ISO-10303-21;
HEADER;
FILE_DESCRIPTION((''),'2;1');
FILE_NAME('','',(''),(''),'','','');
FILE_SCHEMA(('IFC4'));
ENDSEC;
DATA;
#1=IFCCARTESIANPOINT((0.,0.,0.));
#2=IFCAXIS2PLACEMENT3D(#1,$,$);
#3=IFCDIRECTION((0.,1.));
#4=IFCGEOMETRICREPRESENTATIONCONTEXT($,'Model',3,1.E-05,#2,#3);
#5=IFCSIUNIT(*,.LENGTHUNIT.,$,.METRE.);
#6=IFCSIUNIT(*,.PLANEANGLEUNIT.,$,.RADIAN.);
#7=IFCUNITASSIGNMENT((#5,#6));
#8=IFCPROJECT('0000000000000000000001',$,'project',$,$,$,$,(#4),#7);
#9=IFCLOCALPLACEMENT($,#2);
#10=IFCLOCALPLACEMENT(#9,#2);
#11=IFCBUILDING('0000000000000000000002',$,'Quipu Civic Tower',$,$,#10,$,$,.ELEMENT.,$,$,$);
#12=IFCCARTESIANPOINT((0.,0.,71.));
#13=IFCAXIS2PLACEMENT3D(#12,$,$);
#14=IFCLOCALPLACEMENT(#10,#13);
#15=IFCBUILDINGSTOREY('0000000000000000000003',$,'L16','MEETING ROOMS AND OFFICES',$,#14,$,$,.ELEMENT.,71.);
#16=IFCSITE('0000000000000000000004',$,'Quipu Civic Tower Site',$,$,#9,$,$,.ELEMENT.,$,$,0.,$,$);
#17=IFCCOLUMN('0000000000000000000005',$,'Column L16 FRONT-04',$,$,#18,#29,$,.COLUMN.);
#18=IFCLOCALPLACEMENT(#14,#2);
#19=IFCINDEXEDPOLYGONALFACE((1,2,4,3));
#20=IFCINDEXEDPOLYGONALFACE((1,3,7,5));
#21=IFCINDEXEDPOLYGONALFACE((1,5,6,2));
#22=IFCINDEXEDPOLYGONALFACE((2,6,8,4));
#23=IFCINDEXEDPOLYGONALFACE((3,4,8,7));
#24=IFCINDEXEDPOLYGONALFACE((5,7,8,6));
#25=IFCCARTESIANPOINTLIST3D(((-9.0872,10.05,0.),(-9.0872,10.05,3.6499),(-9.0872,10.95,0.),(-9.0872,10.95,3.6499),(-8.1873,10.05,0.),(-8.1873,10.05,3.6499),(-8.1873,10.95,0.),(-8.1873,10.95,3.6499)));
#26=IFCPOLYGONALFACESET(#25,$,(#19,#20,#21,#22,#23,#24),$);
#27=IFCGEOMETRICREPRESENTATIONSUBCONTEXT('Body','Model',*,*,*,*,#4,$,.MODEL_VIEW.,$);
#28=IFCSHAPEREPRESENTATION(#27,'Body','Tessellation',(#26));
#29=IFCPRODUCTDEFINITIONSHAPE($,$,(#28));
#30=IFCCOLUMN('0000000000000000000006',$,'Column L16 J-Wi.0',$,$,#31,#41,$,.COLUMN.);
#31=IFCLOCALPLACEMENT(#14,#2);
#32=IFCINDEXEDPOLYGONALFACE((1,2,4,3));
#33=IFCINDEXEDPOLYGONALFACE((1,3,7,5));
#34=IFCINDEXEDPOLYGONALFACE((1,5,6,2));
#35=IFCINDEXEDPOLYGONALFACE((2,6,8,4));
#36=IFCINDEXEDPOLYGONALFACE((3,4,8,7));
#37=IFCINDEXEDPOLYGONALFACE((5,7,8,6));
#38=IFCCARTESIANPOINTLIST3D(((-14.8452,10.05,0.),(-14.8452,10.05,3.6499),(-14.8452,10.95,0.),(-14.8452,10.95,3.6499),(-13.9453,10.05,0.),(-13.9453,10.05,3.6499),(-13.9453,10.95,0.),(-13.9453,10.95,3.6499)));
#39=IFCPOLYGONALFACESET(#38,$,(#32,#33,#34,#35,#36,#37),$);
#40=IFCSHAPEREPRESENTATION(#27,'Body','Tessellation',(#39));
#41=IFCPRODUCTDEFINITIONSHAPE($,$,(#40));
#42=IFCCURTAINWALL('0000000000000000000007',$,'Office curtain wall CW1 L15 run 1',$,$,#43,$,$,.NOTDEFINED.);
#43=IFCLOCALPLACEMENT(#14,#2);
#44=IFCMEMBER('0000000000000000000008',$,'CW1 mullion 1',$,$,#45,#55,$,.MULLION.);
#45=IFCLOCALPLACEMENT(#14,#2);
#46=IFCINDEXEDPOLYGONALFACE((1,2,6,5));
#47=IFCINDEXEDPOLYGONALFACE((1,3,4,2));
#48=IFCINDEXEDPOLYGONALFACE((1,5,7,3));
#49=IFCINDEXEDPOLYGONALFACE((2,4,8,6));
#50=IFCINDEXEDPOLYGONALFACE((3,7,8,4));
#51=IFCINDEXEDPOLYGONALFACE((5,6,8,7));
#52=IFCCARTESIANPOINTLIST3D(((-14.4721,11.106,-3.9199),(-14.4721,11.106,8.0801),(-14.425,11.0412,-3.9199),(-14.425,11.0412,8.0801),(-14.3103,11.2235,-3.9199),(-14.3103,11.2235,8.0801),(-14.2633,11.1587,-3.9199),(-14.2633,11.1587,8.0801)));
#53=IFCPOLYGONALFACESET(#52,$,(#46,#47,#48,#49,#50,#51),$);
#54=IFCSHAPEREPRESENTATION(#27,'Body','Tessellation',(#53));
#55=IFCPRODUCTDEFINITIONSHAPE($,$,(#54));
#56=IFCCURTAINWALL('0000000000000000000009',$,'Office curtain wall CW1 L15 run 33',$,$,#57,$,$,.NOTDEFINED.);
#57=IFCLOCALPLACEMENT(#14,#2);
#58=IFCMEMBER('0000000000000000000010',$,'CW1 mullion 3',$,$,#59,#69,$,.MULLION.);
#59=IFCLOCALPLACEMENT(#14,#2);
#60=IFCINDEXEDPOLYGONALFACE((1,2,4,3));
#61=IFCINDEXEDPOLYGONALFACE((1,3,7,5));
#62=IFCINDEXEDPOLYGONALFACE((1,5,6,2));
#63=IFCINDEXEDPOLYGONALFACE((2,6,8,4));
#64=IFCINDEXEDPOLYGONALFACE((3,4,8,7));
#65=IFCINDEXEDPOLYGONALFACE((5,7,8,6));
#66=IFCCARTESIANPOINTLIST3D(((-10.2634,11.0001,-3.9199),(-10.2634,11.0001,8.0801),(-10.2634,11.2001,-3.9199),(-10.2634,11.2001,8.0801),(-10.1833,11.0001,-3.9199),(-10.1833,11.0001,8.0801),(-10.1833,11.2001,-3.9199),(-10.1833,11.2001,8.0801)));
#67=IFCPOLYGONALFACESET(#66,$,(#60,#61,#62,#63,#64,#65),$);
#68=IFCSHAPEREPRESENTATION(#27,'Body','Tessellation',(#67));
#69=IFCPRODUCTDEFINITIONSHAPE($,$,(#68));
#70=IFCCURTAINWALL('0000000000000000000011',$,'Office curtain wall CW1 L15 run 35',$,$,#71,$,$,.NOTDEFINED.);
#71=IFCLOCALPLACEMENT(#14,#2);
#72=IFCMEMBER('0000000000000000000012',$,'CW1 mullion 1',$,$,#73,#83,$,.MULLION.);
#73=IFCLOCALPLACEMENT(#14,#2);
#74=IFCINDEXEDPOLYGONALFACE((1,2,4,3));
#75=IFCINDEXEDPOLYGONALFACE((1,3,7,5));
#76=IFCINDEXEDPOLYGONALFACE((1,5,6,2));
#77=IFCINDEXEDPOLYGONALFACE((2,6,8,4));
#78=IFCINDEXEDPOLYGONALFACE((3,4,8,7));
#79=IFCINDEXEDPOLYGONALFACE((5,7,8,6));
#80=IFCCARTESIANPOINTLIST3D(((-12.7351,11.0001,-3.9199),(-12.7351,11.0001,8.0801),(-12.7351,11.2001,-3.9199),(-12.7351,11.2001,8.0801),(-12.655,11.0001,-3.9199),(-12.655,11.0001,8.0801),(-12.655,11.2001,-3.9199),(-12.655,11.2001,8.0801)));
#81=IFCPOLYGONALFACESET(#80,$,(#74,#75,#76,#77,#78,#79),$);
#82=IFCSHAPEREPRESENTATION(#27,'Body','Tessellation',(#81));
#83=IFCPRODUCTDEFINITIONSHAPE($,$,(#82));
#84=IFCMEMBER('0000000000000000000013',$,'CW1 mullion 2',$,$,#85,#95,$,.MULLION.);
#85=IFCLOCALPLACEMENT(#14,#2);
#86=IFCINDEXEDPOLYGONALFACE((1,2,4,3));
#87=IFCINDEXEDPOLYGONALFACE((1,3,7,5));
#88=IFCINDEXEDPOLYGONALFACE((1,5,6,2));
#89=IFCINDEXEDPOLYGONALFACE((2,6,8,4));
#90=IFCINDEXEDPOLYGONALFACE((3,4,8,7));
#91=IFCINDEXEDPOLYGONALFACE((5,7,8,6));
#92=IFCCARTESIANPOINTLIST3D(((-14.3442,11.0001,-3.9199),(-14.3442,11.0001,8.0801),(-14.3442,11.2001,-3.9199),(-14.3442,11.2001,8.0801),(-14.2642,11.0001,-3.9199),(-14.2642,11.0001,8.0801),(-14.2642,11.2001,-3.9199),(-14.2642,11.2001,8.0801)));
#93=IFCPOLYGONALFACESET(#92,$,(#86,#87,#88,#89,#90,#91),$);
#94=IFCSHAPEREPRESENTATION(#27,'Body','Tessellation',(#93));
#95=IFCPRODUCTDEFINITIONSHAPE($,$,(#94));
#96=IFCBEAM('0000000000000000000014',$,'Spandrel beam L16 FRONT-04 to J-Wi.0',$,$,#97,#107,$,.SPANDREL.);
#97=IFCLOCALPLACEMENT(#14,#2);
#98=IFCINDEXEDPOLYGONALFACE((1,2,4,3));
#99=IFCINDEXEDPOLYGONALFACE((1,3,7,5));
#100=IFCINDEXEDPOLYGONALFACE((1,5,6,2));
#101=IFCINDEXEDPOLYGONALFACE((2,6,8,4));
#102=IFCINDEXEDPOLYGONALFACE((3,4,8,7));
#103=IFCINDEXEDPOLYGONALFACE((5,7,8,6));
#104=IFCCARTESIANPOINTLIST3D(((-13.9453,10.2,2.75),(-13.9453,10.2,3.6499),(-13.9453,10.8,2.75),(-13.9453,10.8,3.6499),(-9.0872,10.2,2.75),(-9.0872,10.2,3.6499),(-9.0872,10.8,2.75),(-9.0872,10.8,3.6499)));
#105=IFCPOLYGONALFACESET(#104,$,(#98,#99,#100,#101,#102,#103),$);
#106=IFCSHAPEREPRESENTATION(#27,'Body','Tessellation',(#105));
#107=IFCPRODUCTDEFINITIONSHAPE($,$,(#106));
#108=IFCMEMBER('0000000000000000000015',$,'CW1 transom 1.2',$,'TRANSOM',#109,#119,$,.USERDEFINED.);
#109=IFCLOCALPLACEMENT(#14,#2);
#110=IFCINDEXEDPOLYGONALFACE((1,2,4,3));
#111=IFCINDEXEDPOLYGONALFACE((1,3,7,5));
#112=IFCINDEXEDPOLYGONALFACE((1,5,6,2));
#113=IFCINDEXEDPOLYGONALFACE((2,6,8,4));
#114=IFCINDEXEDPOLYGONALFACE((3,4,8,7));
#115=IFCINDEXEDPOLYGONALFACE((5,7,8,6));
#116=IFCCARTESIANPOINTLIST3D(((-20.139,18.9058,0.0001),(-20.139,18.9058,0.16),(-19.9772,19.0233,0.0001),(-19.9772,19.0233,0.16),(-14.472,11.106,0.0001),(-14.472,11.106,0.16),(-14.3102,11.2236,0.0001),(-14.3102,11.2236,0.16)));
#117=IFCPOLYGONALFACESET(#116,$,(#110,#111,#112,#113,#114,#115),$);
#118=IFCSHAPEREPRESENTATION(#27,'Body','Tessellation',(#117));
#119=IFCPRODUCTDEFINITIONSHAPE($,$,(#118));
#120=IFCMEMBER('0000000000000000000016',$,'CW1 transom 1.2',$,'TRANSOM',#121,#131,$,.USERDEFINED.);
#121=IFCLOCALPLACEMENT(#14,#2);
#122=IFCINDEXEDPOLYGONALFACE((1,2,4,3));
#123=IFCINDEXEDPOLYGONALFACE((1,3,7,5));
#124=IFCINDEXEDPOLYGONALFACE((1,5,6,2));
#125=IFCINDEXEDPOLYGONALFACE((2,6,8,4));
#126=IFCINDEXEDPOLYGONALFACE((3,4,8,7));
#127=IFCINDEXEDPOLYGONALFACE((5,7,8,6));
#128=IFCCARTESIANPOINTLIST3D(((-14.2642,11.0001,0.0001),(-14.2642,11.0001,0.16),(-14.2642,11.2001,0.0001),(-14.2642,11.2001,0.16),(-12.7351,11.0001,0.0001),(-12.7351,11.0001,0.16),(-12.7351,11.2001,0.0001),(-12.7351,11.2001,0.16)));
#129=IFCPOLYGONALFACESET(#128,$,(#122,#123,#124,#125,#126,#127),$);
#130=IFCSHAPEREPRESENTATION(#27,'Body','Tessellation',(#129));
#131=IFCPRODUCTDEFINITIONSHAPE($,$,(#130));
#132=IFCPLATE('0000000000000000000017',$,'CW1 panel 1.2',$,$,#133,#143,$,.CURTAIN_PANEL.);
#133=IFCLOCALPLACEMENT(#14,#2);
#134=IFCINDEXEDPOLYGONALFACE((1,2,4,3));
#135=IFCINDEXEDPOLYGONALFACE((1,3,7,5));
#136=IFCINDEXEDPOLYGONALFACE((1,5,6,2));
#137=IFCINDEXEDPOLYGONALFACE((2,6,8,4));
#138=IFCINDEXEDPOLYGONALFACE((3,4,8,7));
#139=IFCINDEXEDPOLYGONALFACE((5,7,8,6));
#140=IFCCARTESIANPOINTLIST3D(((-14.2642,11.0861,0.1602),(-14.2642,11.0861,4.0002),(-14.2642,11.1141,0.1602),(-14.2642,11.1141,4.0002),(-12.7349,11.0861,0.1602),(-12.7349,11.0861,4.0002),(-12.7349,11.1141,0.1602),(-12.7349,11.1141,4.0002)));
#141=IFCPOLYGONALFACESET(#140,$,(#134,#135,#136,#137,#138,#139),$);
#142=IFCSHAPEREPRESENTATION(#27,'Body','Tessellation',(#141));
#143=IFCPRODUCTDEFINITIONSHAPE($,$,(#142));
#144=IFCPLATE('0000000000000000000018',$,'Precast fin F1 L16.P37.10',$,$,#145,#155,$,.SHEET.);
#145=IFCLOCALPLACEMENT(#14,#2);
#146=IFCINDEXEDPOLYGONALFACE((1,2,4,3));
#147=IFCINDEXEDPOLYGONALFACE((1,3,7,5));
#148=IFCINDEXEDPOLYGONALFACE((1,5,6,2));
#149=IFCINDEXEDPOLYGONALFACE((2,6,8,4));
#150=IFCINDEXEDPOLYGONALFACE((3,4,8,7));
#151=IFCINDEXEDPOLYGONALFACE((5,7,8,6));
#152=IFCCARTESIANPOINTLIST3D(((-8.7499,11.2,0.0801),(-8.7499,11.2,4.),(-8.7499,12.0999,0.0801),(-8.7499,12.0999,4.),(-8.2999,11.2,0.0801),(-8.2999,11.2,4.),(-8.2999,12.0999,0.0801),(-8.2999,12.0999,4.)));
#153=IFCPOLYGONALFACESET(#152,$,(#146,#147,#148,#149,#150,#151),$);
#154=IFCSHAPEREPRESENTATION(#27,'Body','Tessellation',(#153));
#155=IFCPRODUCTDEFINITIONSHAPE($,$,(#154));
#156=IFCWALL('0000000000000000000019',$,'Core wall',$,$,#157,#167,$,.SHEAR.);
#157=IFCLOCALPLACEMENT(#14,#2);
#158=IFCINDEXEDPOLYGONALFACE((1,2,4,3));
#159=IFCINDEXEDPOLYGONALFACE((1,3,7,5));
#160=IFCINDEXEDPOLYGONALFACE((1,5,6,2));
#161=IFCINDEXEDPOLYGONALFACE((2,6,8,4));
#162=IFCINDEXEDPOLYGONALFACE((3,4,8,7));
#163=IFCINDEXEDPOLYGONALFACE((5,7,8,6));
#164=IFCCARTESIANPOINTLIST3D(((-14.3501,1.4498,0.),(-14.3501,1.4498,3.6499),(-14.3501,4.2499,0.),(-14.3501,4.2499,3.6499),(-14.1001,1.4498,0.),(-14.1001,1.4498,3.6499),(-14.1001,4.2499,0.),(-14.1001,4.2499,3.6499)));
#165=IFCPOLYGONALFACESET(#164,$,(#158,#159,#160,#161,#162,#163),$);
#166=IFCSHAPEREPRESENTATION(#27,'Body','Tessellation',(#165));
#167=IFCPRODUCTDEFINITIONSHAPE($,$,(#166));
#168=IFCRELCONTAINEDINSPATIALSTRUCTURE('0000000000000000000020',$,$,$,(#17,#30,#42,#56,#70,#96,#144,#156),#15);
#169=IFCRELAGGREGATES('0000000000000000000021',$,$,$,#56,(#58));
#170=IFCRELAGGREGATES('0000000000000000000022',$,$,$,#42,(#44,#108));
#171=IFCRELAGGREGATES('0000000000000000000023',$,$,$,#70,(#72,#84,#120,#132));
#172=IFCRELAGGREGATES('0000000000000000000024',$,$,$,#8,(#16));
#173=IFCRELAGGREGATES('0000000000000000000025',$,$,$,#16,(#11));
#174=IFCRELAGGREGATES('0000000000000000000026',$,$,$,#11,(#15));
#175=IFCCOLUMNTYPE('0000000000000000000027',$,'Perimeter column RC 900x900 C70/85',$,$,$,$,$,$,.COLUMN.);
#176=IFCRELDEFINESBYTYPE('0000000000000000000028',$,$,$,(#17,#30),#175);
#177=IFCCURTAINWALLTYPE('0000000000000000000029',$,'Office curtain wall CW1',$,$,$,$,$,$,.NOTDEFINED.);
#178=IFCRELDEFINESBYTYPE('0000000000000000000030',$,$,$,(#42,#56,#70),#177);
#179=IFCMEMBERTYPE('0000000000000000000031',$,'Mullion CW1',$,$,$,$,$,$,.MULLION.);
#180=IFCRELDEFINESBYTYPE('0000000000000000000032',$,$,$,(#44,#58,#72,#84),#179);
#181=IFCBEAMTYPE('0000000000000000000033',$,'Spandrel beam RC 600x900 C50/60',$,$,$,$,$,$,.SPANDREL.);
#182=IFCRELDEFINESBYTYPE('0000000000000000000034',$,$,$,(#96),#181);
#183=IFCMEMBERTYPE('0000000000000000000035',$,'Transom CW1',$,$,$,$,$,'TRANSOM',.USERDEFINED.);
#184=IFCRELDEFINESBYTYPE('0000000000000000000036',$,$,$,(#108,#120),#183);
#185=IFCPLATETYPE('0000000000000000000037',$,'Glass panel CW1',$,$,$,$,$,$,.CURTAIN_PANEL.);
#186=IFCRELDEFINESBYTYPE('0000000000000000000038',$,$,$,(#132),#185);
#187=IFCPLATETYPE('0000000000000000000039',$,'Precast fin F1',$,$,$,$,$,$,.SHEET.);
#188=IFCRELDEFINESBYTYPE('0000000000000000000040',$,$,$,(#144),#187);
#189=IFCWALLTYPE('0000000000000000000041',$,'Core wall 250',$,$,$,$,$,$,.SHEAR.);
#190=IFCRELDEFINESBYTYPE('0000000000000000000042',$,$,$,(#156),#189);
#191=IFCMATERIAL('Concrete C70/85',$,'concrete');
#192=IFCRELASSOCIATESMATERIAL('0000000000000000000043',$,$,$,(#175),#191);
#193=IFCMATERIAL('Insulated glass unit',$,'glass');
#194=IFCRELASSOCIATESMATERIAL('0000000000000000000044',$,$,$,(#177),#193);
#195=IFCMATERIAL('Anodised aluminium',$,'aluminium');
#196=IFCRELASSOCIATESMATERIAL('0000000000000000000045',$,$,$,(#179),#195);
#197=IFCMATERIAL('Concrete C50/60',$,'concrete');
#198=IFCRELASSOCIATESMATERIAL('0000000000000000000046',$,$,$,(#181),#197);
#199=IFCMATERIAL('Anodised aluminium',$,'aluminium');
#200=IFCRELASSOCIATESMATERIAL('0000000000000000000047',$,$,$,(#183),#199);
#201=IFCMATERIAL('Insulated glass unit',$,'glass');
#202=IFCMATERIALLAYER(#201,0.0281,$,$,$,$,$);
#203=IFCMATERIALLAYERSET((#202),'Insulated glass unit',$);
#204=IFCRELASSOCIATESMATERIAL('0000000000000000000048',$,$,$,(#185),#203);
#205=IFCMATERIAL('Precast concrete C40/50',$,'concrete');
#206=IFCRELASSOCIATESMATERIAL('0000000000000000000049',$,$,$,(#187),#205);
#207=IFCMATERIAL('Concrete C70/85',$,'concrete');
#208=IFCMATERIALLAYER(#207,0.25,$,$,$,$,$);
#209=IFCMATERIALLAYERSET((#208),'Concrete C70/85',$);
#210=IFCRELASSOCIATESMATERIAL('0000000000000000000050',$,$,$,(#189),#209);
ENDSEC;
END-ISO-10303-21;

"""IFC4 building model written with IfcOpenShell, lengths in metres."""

from ifc_helpers import new_model, si_unit, direction, frame, frame_2d, origin, origin_2d, place, context, subcontext, project, spatial, rectangle, extrude, material, layer, layer_set, material_profile, profile_set, type_object, element, aggregate, save


model = new_model("IFC4")

# Units and contexts
model_context = context("Model", 3, precision=1e-05, world=origin(), true_north=direction((0.0, 1.0)))
body_context = subcontext(model_context, "Body", "Model", "MODEL_VIEW")
ifc_project = project(units=[si_unit("LENGTHUNIT", "METRE"), si_unit("PLANEANGLEUNIT", "RADIAN")], contexts=[model_context])

# Site, building, storey
site_placement = place(None, origin())
site = spatial("IfcSite", under=ifc_project, at=site_placement, Name="Quipu Civic Tower Site", CompositionType="ELEMENT", RefElevation=0.0)
building_placement = place(site_placement, origin())
building = spatial("IfcBuilding", under=site, at=building_placement, Name="Quipu Civic Tower", CompositionType="ELEMENT")
storey_placement = place(building_placement, frame((0.0, 0.0, 71.0)))
storey = spatial("IfcBuildingStorey", under=building, at=storey_placement, Name="L16", Description="MEETING ROOMS AND OFFICES", CompositionType="ELEMENT", Elevation=71.0)

# Columns
ifc_material_1 = material(Name="Concrete C70/85", Category="concrete")
ifc_material_profile_1 = material_profile(ifc_material_1, rectangle(XDim=0.8999, YDim=0.8999, at=origin_2d()), Name="RC900x900")
ifc_profile_set_1 = profile_set([ifc_material_profile_1], Name="Concrete C70/85")
column_type = type_object("IfcColumnType", Name="Perimeter column RC 900x900 C70/85", PredefinedType="COLUMN", material=ifc_profile_set_1)
for number, where, z_axis, x_axis, name in (
    (1, (-8.6372, 10.5, 0.0), (0.0, 0.0, 1.0), (-1.0, 0.0, 0.0), "Column L16 FRONT-04"),
    (2, (-14.3953, 10.5, 0.0), (0.0, 0.0, 1.0), (-1.0, 0.0, 0.0), "Column L16 J-Wi.0"),
):
    element("IfcColumn", number, at=place(storey_placement, frame(where, z_axis=z_axis, x_axis=x_axis)), inside=storey, type_object=column_type, Name=name, PredefinedType="COLUMN", context=body_context, shape_type="SweptSolid", body=[
        extrude(rectangle(XDim=0.8999, YDim=0.8999, at=origin_2d()), origin(), (0.0, 0.0, 1.0), 3.6499),
    ])

# Curtain walls, members
ifc_material_2 = material(Name="Insulated glass unit", Category="glass")
curtain_wall_type = type_object("IfcCurtainWallType", Name="Office curtain wall CW1", PredefinedType="NOTDEFINED", material=ifc_material_2)
curtain_wall_1_placement = place(storey_placement, origin())
curtain_wall_1 = element("IfcCurtainWall", 3, at=curtain_wall_1_placement, inside=storey, type_object=curtain_wall_type, Name="Office curtain wall CW1 L15 run 1", PredefinedType="NOTDEFINED")
ifc_material_3 = material(Name="Anodised aluminium", Category="aluminium")
ifc_material_profile_2 = material_profile(ifc_material_3, rectangle(XDim=0.2, YDim=0.0801, at=origin_2d()), Name="RECT 200x80")
ifc_profile_set_2 = profile_set([ifc_material_profile_2], Name="Anodised aluminium")
member_type_1 = type_object("IfcMemberType", Name="Mullion CW1", PredefinedType="MULLION", material=ifc_profile_set_2)
member_1_placement = place(storey_placement, frame((-14.3677, 11.1323, -3.9199), z_axis=(0.0, 0.0, 1.0), x_axis=(-0.809017, -0.587786, 0.0)))
member_1 = element("IfcMember", 4, at=member_1_placement, type_object=member_type_1, Name="CW1 mullion 1", PredefinedType="MULLION", context=body_context, shape_type="SweptSolid", body=[
    extrude(rectangle(XDim=0.2, YDim=0.0801, at=origin_2d()), origin(), (0.0, 0.0, 1.0), 12.0),
])
curtain_wall_2_placement = place(storey_placement, origin())
curtain_wall_2 = element("IfcCurtainWall", 5, at=curtain_wall_2_placement, inside=storey, type_object=curtain_wall_type, Name="Office curtain wall CW1 L15 run 33", PredefinedType="NOTDEFINED")
member_2_placement = place(storey_placement, frame((-10.2234, 11.1001, -3.9199), z_axis=(0.0, 0.0, 1.0), x_axis=(0.0, -1.0, 0.0)))
member_2 = element("IfcMember", 6, at=member_2_placement, type_object=member_type_1, Name="CW1 mullion 3", PredefinedType="MULLION", context=body_context, shape_type="SweptSolid", body=[
    extrude(rectangle(XDim=0.2, YDim=0.0801, at=origin_2d()), origin(), (0.0, 0.0, 1.0), 12.0),
])
aggregate(curtain_wall_2, [member_2])

# Curtain wall, members
curtain_wall_3_placement = place(storey_placement, origin())
curtain_wall_3 = element("IfcCurtainWall", 7, at=curtain_wall_3_placement, inside=storey, type_object=curtain_wall_type, Name="Office curtain wall CW1 L15 run 35", PredefinedType="NOTDEFINED")
member_3_placement = place(storey_placement, frame((-12.6951, 11.1001, -3.9199), z_axis=(0.0, 0.0, 1.0), x_axis=(0.0, -1.0, 0.0)))
member_3 = element("IfcMember", 8, at=member_3_placement, type_object=member_type_1, Name="CW1 mullion 1", PredefinedType="MULLION", context=body_context, shape_type="SweptSolid", body=[
    extrude(rectangle(XDim=0.2, YDim=0.0801, at=origin_2d()), origin(), (0.0, 0.0, 1.0), 12.0),
])
member_4_placement = place(storey_placement, frame((-14.3042, 11.1001, -3.9199), z_axis=(0.0, 0.0, 1.0), x_axis=(0.0, -1.0, 0.0)))
member_4 = element("IfcMember", 9, at=member_4_placement, type_object=member_type_1, Name="CW1 mullion 2", PredefinedType="MULLION", context=body_context, shape_type="SweptSolid", body=[
    extrude(rectangle(XDim=0.2, YDim=0.0801, at=origin_2d()), origin(), (0.0, 0.0, 1.0), 12.0),
])

# Beam
ifc_material_4 = material(Name="Concrete C50/60", Category="concrete")
ifc_material_profile_3 = material_profile(ifc_material_4, rectangle(XDim=0.6001, YDim=0.8999, at=origin_2d()), Name="RC600x900")
ifc_profile_set_3 = profile_set([ifc_material_profile_3], Name="Concrete C50/60")
beam_type = type_object("IfcBeamType", Name="Spandrel beam RC 600x900 C50/60", PredefinedType="SPANDREL", material=ifc_profile_set_3)
beam_placement = place(storey_placement, frame((-9.0872, 10.5, 3.2), z_axis=(-1.0, 0.0, 0.0), x_axis=(0.0, -1.0, 0.0)))
element("IfcBeam", 10, at=beam_placement, inside=storey, type_object=beam_type, Name="Spandrel beam L16 FRONT-04 to J-Wi.0", PredefinedType="SPANDREL", context=body_context, shape_type="SweptSolid", body=[
    extrude(rectangle(XDim=0.6001, YDim=0.8999, at=origin_2d()), origin(), (0.0, 0.0, 1.0), 4.8582),
])

# Members
ifc_material_5 = material(Name="Anodised aluminium", Category="aluminium")
ifc_material_profile_4 = material_profile(ifc_material_5, rectangle(XDim=0.2, YDim=0.1599, at=origin_2d()), Name="RECT 200x160")
ifc_profile_set_4 = profile_set([ifc_material_profile_4], Name="Anodised aluminium")
member_type_2 = type_object("IfcMemberType", Name="Transom CW1", ElementType="TRANSOM", PredefinedType="USERDEFINED", material=ifc_profile_set_4)
member_5_placement = place(storey_placement, frame((-14.3911, 11.1648, 0.0801), z_axis=(-0.587792, 0.809012, 0.0), x_axis=(-0.809012, -0.587792, 0.0)))
member_5 = element("IfcMember", 11, at=member_5_placement, type_object=member_type_2, Name="CW1 transom 1.2", ObjectType="TRANSOM", PredefinedType="USERDEFINED", context=body_context, shape_type="SweptSolid", body=[
    extrude(rectangle(XDim=0.2, YDim=0.1599, at=origin_2d()), origin(), (0.0, 0.0, 1.0), 9.6411),
])
aggregate(curtain_wall_1, [member_1, member_5])
member_6_placement = place(storey_placement, frame((-12.7351, 11.1001, 0.0801), z_axis=(-1.0, 0.0, 0.0), x_axis=(0.0, -1.0, 0.0)))
member_6 = element("IfcMember", 12, at=member_6_placement, type_object=member_type_2, Name="CW1 transom 1.2", ObjectType="TRANSOM", PredefinedType="USERDEFINED", context=body_context, shape_type="SweptSolid", body=[
    extrude(rectangle(XDim=0.2, YDim=0.1599, at=origin_2d()), origin(), (0.0, 0.0, 1.0), 1.5291),
])

# Plates
ifc_material_6 = material(Name="Insulated glass unit", Category="glass")
ifc_layer_1 = layer(ifc_material_6, 0.0281)
ifc_layer_set_1 = layer_set([ifc_layer_1], Name="Insulated glass unit")
plate_type_1 = type_object("IfcPlateType", Name="Glass panel CW1", PredefinedType="CURTAIN_PANEL", material=ifc_layer_set_1)
plate_1_placement = place(storey_placement, frame((-13.4995, 11.1001, 0.1602), z_axis=(0.0, 0.0, 1.0), x_axis=(-1.0, 0.0, 0.0)))
plate_1 = element("IfcPlate", 13, at=plate_1_placement, type_object=plate_type_1, Name="CW1 panel 1.2", PredefinedType="CURTAIN_PANEL", context=body_context, shape_type="SweptSolid", body=[
    extrude(rectangle(XDim=1.5293, YDim=0.0281, at=origin_2d()), origin(), (0.0, 0.0, 1.0), 3.8401),
])
aggregate(curtain_wall_3, [member_3, member_4, member_6, plate_1])
ifc_material_7 = material(Name="Precast concrete C40/50", Category="concrete")
plate_type_2 = type_object("IfcPlateType", Name="Precast fin F1", PredefinedType="SHEET", material=ifc_material_7)
plate_2_placement = place(storey_placement, frame((-8.5249, 11.6499, 0.0801), z_axis=(0.0, 0.0, 1.0), x_axis=(-1.0, 0.0, 0.0)))
element("IfcPlate", 14, at=plate_2_placement, inside=storey, type_object=plate_type_2, Name="Precast fin F1 L16.P37.10", PredefinedType="SHEET", context=body_context, shape_type="SweptSolid", body=[
    extrude(rectangle(XDim=0.45, YDim=0.8999, at=origin_2d()), origin(), (0.0, 0.0, 1.0), 3.9199),
])

# Wall
ifc_material_8 = material(Name="Concrete C70/85", Category="concrete")
ifc_layer_2 = layer(ifc_material_8, 0.25)
ifc_layer_set_2 = layer_set([ifc_layer_2], Name="Concrete C70/85")
wall_type_1 = type_object("IfcWallType", Name="Core wall 250", PredefinedType="SHEAR", material=ifc_layer_set_2)
wall_1_placement = place(storey_placement, frame((-14.2251, 1.45, 0.0), z_axis=(0.0, 0.0, 1.0), x_axis=(0.0, 1.0, 0.0)))
element("IfcWall", 15, at=wall_1_placement, inside=storey, type_object=wall_type_1, Name="Core wall", PredefinedType="SHEAR", context=body_context, shape_type="SweptSolid", body=[
    extrude(rectangle(XDim=2.8, YDim=0.25, at=frame_2d((1.3999, 0.0))), origin(), (0.0, 0.0, 1.0), 3.6499),
])

save(model, "model.ifc")
